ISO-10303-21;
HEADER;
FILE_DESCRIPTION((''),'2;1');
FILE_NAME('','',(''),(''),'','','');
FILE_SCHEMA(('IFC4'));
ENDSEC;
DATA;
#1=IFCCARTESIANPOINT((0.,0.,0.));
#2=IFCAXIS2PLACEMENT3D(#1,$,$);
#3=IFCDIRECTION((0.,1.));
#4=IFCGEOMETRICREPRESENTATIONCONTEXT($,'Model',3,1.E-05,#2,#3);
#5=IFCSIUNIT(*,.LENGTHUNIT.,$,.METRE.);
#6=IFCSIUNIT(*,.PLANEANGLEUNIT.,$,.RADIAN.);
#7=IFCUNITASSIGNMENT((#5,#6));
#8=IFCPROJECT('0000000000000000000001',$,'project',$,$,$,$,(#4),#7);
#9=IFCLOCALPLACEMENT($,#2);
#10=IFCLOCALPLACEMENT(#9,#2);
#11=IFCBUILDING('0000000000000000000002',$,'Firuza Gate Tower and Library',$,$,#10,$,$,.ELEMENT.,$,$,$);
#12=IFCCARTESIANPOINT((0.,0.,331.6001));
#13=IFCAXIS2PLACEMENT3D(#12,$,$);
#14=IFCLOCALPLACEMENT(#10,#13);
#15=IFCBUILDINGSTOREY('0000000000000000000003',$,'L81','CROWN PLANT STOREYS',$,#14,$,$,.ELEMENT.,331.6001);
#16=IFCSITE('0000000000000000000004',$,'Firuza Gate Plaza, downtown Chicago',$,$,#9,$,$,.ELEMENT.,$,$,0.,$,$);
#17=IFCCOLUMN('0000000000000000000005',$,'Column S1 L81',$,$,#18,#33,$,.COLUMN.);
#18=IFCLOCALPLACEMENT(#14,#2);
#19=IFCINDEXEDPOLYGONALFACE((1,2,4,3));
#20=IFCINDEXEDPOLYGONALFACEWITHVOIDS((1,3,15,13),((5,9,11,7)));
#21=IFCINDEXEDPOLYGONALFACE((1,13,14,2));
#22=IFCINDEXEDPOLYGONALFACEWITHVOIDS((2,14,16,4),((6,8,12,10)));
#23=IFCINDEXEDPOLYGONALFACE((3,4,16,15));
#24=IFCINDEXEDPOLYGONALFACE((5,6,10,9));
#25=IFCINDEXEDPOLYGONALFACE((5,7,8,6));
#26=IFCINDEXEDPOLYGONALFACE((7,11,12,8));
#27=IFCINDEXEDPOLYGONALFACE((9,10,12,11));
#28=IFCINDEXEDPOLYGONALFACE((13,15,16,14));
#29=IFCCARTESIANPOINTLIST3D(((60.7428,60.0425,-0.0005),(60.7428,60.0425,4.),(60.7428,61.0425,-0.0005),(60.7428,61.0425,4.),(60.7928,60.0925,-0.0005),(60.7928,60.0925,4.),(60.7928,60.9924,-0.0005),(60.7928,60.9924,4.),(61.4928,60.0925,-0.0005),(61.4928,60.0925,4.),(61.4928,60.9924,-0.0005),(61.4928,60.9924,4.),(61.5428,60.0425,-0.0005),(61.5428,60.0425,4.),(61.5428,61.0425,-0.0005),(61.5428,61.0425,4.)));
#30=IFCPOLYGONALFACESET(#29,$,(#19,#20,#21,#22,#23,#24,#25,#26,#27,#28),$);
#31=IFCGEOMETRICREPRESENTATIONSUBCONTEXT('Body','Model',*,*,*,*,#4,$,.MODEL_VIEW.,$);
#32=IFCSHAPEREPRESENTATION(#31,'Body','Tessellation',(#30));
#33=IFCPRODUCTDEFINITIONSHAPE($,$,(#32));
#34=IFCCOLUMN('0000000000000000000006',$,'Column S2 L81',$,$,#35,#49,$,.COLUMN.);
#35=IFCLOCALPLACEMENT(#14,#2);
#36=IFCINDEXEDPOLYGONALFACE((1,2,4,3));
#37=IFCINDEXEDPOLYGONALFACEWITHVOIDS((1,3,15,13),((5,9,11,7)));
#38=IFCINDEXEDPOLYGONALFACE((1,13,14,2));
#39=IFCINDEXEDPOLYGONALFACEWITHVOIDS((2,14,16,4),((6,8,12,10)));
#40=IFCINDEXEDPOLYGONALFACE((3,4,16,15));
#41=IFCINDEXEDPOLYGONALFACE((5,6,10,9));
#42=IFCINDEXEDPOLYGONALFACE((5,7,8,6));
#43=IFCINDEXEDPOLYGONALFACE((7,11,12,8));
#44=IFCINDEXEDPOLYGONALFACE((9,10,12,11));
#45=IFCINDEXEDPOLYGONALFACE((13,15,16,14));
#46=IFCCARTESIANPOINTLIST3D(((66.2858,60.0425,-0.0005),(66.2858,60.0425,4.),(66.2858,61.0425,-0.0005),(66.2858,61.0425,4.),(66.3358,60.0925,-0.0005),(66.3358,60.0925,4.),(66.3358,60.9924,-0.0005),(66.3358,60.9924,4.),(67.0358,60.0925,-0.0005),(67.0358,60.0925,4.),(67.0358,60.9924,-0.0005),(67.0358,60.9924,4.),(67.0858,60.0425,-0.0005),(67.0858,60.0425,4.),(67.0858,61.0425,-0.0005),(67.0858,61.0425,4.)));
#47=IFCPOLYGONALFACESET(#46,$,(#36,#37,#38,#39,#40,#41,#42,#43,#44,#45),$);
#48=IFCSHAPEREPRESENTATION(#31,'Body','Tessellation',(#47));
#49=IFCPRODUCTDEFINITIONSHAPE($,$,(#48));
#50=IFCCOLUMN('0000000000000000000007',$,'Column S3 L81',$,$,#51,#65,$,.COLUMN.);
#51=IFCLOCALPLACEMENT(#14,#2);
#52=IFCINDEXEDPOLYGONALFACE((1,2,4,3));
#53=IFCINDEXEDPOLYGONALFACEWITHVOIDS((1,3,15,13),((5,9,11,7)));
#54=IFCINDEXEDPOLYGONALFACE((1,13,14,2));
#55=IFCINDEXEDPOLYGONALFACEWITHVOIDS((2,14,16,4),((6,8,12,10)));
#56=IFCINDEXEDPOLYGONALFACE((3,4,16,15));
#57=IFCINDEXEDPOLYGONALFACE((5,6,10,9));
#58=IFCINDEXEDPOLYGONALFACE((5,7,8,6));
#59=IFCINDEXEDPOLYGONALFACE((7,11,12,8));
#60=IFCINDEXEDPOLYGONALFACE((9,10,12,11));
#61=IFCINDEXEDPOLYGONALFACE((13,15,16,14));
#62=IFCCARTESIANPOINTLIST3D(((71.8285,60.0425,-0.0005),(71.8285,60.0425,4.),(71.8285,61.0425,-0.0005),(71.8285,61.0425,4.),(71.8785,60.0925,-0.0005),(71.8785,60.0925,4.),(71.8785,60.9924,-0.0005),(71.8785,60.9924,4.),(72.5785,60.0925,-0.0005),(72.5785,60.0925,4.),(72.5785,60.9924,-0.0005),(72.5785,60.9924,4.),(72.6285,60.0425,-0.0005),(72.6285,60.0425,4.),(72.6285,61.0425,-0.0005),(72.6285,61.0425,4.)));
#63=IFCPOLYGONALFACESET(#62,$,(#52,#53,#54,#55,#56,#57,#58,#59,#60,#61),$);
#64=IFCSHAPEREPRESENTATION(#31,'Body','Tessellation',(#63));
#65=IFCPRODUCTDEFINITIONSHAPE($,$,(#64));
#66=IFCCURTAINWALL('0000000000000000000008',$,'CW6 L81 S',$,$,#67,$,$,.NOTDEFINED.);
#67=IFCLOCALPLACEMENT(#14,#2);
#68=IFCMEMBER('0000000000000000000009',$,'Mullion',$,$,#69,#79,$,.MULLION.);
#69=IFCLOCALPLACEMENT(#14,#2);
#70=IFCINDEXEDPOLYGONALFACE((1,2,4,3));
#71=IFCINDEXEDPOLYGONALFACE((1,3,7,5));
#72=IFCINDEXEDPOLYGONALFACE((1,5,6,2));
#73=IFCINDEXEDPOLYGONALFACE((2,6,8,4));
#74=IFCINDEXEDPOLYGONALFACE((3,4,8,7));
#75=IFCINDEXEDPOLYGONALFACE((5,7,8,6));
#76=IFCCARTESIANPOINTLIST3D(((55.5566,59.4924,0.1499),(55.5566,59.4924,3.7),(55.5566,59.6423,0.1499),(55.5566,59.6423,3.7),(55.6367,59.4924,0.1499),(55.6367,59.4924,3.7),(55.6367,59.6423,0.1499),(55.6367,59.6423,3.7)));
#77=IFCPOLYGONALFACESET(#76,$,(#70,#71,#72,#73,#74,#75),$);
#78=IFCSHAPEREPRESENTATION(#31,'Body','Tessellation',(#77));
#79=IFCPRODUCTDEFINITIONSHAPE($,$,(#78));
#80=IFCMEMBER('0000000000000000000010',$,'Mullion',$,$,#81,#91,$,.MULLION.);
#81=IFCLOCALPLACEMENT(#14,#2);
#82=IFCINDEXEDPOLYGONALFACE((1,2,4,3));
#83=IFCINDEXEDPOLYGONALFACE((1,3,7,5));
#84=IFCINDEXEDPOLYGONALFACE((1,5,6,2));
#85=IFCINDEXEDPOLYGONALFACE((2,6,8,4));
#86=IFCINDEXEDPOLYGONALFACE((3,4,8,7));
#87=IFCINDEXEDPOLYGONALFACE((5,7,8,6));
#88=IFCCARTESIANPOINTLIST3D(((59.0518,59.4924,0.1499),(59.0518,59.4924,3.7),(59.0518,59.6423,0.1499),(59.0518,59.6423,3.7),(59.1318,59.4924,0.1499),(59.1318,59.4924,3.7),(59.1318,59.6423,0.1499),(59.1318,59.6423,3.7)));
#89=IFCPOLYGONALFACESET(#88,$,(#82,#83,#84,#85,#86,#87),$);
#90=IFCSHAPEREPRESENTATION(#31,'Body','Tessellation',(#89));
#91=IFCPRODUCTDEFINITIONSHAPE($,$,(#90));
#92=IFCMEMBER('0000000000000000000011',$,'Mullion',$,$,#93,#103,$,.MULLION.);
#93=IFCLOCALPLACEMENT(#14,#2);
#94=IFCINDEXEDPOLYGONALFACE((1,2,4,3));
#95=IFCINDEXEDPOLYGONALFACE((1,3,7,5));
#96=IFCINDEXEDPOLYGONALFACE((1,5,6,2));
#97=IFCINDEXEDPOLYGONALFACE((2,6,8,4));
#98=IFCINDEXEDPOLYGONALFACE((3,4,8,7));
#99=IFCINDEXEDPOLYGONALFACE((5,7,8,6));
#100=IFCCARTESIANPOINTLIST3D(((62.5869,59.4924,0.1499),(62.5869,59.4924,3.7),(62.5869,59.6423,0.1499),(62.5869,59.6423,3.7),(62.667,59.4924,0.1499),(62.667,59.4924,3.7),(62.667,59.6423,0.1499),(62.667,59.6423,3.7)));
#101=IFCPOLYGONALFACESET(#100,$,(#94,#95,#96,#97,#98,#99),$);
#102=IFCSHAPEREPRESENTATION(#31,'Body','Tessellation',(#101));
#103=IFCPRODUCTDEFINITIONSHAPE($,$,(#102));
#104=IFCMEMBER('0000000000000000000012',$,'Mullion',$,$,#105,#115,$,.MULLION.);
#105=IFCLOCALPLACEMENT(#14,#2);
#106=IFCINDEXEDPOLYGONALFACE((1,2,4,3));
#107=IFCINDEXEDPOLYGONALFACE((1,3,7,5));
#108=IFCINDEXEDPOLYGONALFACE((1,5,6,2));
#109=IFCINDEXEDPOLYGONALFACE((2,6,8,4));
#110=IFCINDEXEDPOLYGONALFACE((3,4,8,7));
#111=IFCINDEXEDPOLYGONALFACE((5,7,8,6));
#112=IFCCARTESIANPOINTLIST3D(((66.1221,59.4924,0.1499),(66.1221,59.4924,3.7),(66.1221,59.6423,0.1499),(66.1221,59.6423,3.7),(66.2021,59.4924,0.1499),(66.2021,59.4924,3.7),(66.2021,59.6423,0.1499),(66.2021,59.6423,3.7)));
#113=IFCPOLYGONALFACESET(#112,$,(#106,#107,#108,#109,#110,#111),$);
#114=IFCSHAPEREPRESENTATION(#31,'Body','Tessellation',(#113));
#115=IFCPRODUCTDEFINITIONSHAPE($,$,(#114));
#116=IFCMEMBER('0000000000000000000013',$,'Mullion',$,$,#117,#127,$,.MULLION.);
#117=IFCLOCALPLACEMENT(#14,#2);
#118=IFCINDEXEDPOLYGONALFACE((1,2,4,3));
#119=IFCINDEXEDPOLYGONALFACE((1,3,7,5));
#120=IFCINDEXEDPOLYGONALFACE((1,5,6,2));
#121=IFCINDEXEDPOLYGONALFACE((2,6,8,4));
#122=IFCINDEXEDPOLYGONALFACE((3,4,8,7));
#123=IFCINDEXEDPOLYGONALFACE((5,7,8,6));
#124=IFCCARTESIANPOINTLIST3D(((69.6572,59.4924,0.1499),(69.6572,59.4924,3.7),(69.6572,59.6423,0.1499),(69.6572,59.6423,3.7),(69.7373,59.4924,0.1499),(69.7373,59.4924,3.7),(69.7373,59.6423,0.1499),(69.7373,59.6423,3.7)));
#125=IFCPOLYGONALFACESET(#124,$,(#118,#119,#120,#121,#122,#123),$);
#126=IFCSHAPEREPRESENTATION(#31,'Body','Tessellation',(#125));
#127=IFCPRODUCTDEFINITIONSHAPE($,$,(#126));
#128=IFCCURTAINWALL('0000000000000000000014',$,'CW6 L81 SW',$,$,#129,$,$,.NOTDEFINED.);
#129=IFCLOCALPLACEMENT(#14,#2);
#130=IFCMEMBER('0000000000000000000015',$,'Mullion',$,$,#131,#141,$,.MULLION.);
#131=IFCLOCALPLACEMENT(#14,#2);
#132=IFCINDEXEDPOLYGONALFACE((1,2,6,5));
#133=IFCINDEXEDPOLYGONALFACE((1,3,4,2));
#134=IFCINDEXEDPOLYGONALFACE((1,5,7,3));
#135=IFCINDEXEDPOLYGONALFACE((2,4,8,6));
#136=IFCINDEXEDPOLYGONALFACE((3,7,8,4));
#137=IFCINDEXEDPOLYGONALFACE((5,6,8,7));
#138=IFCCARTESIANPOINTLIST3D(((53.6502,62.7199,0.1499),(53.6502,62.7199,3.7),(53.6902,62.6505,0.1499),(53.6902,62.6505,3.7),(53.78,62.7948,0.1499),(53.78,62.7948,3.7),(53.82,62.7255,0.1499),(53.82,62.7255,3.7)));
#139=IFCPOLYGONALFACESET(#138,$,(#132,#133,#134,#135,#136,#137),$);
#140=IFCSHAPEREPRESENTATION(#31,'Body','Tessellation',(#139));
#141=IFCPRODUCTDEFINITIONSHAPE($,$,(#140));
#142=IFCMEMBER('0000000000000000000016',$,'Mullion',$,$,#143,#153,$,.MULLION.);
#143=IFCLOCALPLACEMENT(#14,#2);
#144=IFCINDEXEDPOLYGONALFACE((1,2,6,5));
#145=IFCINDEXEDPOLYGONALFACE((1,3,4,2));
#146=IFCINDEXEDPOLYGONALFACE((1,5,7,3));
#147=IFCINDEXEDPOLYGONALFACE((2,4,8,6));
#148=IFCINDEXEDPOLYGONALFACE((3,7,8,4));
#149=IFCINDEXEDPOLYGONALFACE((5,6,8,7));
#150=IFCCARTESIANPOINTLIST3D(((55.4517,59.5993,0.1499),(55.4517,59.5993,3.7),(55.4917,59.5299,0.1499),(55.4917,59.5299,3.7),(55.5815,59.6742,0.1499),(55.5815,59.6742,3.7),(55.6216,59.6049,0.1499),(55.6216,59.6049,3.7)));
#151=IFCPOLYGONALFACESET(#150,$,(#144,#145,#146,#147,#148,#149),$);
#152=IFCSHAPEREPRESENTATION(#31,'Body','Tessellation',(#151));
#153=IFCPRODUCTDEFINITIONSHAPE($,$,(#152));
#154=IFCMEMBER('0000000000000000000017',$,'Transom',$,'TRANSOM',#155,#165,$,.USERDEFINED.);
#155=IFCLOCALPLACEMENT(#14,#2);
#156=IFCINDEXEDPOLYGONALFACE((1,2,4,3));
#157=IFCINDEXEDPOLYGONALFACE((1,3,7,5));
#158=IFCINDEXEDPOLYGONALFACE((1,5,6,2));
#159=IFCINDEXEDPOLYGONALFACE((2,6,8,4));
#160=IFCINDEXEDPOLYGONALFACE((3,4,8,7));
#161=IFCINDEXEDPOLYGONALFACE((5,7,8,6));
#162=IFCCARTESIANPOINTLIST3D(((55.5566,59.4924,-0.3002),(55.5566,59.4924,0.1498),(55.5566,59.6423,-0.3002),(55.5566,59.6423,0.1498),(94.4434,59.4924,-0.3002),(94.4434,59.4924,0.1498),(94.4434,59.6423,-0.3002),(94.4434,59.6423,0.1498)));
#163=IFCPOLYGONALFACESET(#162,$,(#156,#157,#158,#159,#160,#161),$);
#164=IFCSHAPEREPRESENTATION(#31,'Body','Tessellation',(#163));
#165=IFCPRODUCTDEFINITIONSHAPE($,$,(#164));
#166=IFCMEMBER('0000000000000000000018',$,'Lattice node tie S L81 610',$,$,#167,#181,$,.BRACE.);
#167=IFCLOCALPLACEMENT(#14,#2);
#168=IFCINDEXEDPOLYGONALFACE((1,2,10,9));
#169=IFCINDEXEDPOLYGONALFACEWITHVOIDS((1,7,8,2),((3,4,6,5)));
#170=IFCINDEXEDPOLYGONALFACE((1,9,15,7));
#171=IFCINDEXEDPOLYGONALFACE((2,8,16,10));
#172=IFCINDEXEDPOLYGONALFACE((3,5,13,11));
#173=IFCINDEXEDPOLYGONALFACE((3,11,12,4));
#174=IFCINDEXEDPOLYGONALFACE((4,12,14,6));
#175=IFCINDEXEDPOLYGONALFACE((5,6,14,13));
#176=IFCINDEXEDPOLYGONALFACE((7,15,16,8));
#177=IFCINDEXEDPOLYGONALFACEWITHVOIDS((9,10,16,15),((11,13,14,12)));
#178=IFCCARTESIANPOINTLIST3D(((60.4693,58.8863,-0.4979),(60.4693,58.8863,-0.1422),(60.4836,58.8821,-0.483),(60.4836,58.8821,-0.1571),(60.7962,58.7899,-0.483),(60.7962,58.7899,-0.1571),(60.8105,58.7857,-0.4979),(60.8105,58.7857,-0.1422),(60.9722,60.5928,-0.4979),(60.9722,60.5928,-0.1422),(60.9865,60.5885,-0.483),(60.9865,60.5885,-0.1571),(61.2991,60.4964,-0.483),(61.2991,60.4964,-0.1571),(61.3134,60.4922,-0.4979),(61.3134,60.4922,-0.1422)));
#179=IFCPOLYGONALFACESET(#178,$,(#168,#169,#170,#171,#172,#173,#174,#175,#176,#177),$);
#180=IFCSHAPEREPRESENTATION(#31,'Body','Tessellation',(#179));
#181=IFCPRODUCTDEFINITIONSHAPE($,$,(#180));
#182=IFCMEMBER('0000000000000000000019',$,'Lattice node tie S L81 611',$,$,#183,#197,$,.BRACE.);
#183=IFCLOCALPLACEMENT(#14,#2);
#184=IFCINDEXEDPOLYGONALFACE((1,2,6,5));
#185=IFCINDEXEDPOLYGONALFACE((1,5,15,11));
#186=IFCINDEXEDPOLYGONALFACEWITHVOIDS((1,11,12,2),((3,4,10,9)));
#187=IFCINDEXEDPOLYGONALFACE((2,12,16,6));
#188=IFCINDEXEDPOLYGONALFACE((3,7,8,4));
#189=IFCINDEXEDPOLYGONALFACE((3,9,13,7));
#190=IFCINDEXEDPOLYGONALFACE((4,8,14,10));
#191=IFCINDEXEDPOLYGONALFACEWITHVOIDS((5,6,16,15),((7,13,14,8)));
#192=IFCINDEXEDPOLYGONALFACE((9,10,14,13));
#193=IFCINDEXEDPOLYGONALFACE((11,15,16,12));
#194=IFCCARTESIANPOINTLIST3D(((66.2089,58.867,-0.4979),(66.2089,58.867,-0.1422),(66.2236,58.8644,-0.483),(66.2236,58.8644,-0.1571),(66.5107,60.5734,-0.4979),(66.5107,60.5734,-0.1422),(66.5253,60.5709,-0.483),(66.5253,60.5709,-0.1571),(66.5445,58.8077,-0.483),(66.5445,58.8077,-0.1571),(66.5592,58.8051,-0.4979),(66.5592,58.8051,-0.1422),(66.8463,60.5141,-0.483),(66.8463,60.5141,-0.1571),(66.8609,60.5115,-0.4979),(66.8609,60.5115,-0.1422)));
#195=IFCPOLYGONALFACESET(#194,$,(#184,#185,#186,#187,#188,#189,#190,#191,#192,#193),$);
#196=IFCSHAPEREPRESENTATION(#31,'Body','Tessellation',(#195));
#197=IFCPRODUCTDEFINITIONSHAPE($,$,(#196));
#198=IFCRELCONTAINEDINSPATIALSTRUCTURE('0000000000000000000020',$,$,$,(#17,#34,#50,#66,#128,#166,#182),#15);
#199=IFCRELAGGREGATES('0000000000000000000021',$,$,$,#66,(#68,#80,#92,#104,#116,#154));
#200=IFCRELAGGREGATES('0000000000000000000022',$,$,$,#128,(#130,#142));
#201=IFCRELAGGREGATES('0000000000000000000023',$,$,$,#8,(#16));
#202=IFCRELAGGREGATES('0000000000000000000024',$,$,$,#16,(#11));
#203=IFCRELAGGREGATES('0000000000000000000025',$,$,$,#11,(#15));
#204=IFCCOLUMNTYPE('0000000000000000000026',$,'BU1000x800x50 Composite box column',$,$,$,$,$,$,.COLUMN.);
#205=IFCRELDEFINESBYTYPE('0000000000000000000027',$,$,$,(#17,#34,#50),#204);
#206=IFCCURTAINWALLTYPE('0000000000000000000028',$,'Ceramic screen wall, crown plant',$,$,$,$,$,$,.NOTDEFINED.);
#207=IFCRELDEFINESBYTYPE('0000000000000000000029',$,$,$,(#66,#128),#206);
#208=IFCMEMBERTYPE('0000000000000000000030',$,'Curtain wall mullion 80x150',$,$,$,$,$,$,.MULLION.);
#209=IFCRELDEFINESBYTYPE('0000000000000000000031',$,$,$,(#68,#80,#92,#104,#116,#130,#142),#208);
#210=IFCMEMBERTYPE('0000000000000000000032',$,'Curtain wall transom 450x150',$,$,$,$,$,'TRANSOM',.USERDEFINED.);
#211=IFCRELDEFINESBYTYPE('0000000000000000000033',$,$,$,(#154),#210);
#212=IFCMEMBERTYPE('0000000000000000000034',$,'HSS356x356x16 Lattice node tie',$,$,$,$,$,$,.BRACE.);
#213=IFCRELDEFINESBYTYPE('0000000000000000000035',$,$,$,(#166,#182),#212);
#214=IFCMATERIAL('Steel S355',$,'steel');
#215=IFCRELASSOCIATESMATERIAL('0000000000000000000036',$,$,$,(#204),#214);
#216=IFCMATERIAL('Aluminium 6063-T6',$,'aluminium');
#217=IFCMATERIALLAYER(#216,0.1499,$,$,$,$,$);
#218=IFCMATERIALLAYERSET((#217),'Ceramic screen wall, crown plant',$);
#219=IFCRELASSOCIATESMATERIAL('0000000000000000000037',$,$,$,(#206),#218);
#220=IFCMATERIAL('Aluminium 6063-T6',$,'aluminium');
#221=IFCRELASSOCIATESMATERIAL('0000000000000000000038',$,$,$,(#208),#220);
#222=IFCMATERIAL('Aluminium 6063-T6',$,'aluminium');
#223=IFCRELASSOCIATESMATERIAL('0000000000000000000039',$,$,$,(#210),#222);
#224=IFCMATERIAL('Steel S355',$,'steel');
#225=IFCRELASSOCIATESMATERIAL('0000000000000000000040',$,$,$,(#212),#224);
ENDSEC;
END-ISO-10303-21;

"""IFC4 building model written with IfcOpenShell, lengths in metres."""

from ifc_helpers import new_model, si_unit, direction, frame, origin, origin_2d, place, context, subcontext, project, spatial, rectangle, hollow_rectangle, extrude, material, layer, layer_set, material_profile, profile_set, type_object, element, aggregate, save


model = new_model("IFC4")

# Units and contexts
model_context = context("Model", 3, precision=1e-05, world=origin(), true_north=direction((0.0, 1.0)))
body_context = subcontext(model_context, "Body", "Model", "MODEL_VIEW")
ifc_project = project(units=[si_unit("LENGTHUNIT", "METRE"), si_unit("PLANEANGLEUNIT", "RADIAN")], contexts=[model_context])

# Site, building, storey
site_placement = place(None, origin())
site = spatial("IfcSite", under=ifc_project, at=site_placement, Name="Firuza Gate Plaza, downtown Chicago", CompositionType="ELEMENT", RefElevation=0.0)
building_placement = place(site_placement, origin())
building = spatial("IfcBuilding", under=site, at=building_placement, Name="Firuza Gate Tower and Library", CompositionType="ELEMENT")
storey_placement = place(building_placement, frame((0.0, 0.0, 331.6001)))
storey = spatial("IfcBuildingStorey", under=building, at=storey_placement, Name="L81", Description="CROWN PLANT STOREYS", CompositionType="ELEMENT", Elevation=331.6001)

# Columns
ifc_material_1 = material(Name="Steel S355", Category="steel")
ifc_material_profile_1 = material_profile(ifc_material_1, hollow_rectangle(XDim=0.8, YDim=1.0, WallThickness=0.05, at=origin_2d()))
ifc_profile_set_1 = profile_set([ifc_material_profile_1], Name="Steel S355")
column_type = type_object("IfcColumnType", Name="BU1000x800x50 Composite box column", PredefinedType="COLUMN", material=ifc_profile_set_1)
for number, where, z_axis, x_axis, name in (
    (1, (61.1428, 60.5425, -0.0005), (0.0, 0.0, 1.0), (1.0, 0.0, 0.0), "Column S1 L81"),
    (2, (66.6858, 60.5425, -0.0005), (0.0, 0.0, 1.0), (1.0, 0.0, 0.0), "Column S2 L81"),
    (3, (72.2285, 60.5425, -0.0005), (0.0, 0.0, 1.0), (1.0, 0.0, 0.0), "Column S3 L81"),
):
    element("IfcColumn", number, at=place(storey_placement, frame(where, z_axis=z_axis, x_axis=x_axis)), inside=storey, type_object=column_type, Name=name, PredefinedType="COLUMN", context=body_context, shape_type="SweptSolid", body=[
        extrude(hollow_rectangle(XDim=0.8, YDim=1.0, WallThickness=0.05, at=origin_2d()), origin(), (0.0, 0.0, 1.0), 4.0005),
    ])

# Curtain walls, members
ifc_material_2 = material(Name="Aluminium 6063-T6", Category="aluminium")
ifc_layer_1 = layer(ifc_material_2, 0.1499)
ifc_layer_set_1 = layer_set([ifc_layer_1], Name="Ceramic screen wall, crown plant")
curtain_wall_type = type_object("IfcCurtainWallType", Name="Ceramic screen wall, crown plant", PredefinedType="NOTDEFINED", material=ifc_layer_set_1)
placement_1 = place(storey_placement, origin())
curtain_wall_1 = element("IfcCurtainWall", 4, at=placement_1, inside=storey, type_object=curtain_wall_type, Name="CW6 L81 S", PredefinedType="NOTDEFINED")
ifc_material_3 = material(Name="Aluminium 6063-T6", Category="aluminium")
ifc_material_profile_2 = material_profile(ifc_material_3, rectangle(XDim=0.1499, YDim=0.0801, at=origin_2d()))
ifc_profile_set_2 = profile_set([ifc_material_profile_2], Name="Aluminium 6063-T6")
member_type_1 = type_object("IfcMemberType", Name="Curtain wall mullion 80x150", PredefinedType="MULLION", material=ifc_profile_set_2)
member_1_placement = place(storey_placement, frame((55.5967, 59.5674, 0.1499), z_axis=(0.0, 0.0, 1.0), x_axis=(0.0, 1.0, 0.0)))
member_1 = element("IfcMember", 5, at=member_1_placement, type_object=member_type_1, Name="Mullion", PredefinedType="MULLION", context=body_context, shape_type="SweptSolid", body=[
    extrude(rectangle(XDim=0.1499, YDim=0.0801, at=origin_2d()), origin(), (0.0, 0.0, 1.0), 3.55),
])
member_2_placement = place(storey_placement, frame((59.0918, 59.5674, 0.1499), z_axis=(0.0, 0.0, 1.0), x_axis=(0.0, 1.0, 0.0)))
member_2 = element("IfcMember", 6, at=member_2_placement, type_object=member_type_1, Name="Mullion", PredefinedType="MULLION", context=body_context, shape_type="SweptSolid", body=[
    extrude(rectangle(XDim=0.1499, YDim=0.0801, at=origin_2d()), origin(), (0.0, 0.0, 1.0), 3.55),
])
member_3_placement = place(storey_placement, frame((62.627, 59.5674, 0.1499), z_axis=(0.0, 0.0, 1.0), x_axis=(0.0, 1.0, 0.0)))
member_3 = element("IfcMember", 7, at=member_3_placement, type_object=member_type_1, Name="Mullion", PredefinedType="MULLION", context=body_context, shape_type="SweptSolid", body=[
    extrude(rectangle(XDim=0.1499, YDim=0.0801, at=origin_2d()), origin(), (0.0, 0.0, 1.0), 3.55),
])
member_4_placement = place(storey_placement, frame((66.1621, 59.5674, 0.1499), z_axis=(0.0, 0.0, 1.0), x_axis=(0.0, 1.0, 0.0)))
member_4 = element("IfcMember", 8, at=member_4_placement, type_object=member_type_1, Name="Mullion", PredefinedType="MULLION", context=body_context, shape_type="SweptSolid", body=[
    extrude(rectangle(XDim=0.1499, YDim=0.0801, at=origin_2d()), origin(), (0.0, 0.0, 1.0), 3.55),
])
member_5_placement = place(storey_placement, frame((69.6973, 59.5674, 0.1499), z_axis=(0.0, 0.0, 1.0), x_axis=(0.0, 1.0, 0.0)))
member_5 = element("IfcMember", 9, at=member_5_placement, type_object=member_type_1, Name="Mullion", PredefinedType="MULLION", context=body_context, shape_type="SweptSolid", body=[
    extrude(rectangle(XDim=0.1499, YDim=0.0801, at=origin_2d()), origin(), (0.0, 0.0, 1.0), 3.55),
])
curtain_wall_2 = element("IfcCurtainWall", 10, at=placement_1, inside=storey, type_object=curtain_wall_type, Name="CW6 L81 SW", PredefinedType="NOTDEFINED")
member_6_placement = place(storey_placement, frame((53.7351, 62.7227, 0.1499), z_axis=(0.0, 0.0, 1.0), x_axis=(0.866025, 0.5, 0.0)))
member_6 = element("IfcMember", 11, at=member_6_placement, type_object=member_type_1, Name="Mullion", PredefinedType="MULLION", context=body_context, shape_type="SweptSolid", body=[
    extrude(rectangle(XDim=0.1499, YDim=0.0801, at=origin_2d()), origin(), (0.0, 0.0, 1.0), 3.55),
])
member_7_placement = place(storey_placement, frame((55.5366, 59.6021, 0.1499), z_axis=(0.0, 0.0, 1.0), x_axis=(0.866025, 0.5, 0.0)))
member_7 = element("IfcMember", 12, at=member_7_placement, type_object=member_type_1, Name="Mullion", PredefinedType="MULLION", context=body_context, shape_type="SweptSolid", body=[
    extrude(rectangle(XDim=0.1499, YDim=0.0801, at=origin_2d()), origin(), (0.0, 0.0, 1.0), 3.55),
])

# Member
ifc_material_4 = material(Name="Aluminium 6063-T6", Category="aluminium")
ifc_material_profile_3 = material_profile(ifc_material_4, rectangle(XDim=0.1499, YDim=0.45, at=origin_2d()))
ifc_profile_set_3 = profile_set([ifc_material_profile_3], Name="Aluminium 6063-T6")
member_type_2 = type_object("IfcMemberType", Name="Curtain wall transom 450x150", ElementType="TRANSOM", PredefinedType="USERDEFINED", material=ifc_profile_set_3)
member_8_placement = place(storey_placement, frame((55.5566, 59.5674, -0.0752), z_axis=(1.0, 0.0, 0.0), x_axis=(0.0, 1.0, 0.0)))
member_8 = element("IfcMember", 13, at=member_8_placement, type_object=member_type_2, Name="Transom", ObjectType="TRANSOM", PredefinedType="USERDEFINED", context=body_context, shape_type="SweptSolid", body=[
    extrude(rectangle(XDim=0.1499, YDim=0.45, at=origin_2d()), origin(), (0.0, 0.0, 1.0), 38.8867),
])

# Members
ifc_material_5 = material(Name="Steel S355", Category="steel")
ifc_material_profile_4 = material_profile(ifc_material_5, hollow_rectangle(XDim=0.3557, YDim=0.3557, WallThickness=0.0149, at=origin_2d()))
ifc_profile_set_4 = profile_set([ifc_material_profile_4], Name="Steel S355")
member_type_3 = type_object("IfcMemberType", Name="HSS356x356x16 Lattice node tie", PredefinedType="BRACE", material=ifc_profile_set_4)
member_9_placement = place(storey_placement, frame((61.1428, 60.5425, -0.3201), z_axis=(-0.282686, -0.959212, 0.0), x_axis=(0.959212, -0.282686, 0.0)))
element("IfcMember", 14, at=member_9_placement, inside=storey, type_object=member_type_3, Name="Lattice node tie S L81 610", PredefinedType="BRACE", context=body_context, shape_type="SweptSolid", body=[
    extrude(hollow_rectangle(XDim=0.3557, YDim=0.3557, WallThickness=0.0149, at=origin_2d()), origin(), (0.0, 0.0, 1.0), 1.7791),
])
member_10_placement = place(storey_placement, frame((66.6858, 60.5425, -0.3201), z_axis=(-0.174123, -0.984724, 0.0), x_axis=(0.984724, -0.174123, 0.0)))
element("IfcMember", 15, at=member_10_placement, inside=storey, type_object=member_type_3, Name="Lattice node tie S L81 611", PredefinedType="BRACE", context=body_context, shape_type="SweptSolid", body=[
    extrude(hollow_rectangle(XDim=0.3557, YDim=0.3557, WallThickness=0.0149, at=origin_2d()), origin(), (0.0, 0.0, 1.0), 1.7329),
])

aggregate(curtain_wall_1, [member_1, member_2, member_3, member_4, member_5, member_8])
aggregate(curtain_wall_2, [member_6, member_7])

save(model, "model.ifc")
